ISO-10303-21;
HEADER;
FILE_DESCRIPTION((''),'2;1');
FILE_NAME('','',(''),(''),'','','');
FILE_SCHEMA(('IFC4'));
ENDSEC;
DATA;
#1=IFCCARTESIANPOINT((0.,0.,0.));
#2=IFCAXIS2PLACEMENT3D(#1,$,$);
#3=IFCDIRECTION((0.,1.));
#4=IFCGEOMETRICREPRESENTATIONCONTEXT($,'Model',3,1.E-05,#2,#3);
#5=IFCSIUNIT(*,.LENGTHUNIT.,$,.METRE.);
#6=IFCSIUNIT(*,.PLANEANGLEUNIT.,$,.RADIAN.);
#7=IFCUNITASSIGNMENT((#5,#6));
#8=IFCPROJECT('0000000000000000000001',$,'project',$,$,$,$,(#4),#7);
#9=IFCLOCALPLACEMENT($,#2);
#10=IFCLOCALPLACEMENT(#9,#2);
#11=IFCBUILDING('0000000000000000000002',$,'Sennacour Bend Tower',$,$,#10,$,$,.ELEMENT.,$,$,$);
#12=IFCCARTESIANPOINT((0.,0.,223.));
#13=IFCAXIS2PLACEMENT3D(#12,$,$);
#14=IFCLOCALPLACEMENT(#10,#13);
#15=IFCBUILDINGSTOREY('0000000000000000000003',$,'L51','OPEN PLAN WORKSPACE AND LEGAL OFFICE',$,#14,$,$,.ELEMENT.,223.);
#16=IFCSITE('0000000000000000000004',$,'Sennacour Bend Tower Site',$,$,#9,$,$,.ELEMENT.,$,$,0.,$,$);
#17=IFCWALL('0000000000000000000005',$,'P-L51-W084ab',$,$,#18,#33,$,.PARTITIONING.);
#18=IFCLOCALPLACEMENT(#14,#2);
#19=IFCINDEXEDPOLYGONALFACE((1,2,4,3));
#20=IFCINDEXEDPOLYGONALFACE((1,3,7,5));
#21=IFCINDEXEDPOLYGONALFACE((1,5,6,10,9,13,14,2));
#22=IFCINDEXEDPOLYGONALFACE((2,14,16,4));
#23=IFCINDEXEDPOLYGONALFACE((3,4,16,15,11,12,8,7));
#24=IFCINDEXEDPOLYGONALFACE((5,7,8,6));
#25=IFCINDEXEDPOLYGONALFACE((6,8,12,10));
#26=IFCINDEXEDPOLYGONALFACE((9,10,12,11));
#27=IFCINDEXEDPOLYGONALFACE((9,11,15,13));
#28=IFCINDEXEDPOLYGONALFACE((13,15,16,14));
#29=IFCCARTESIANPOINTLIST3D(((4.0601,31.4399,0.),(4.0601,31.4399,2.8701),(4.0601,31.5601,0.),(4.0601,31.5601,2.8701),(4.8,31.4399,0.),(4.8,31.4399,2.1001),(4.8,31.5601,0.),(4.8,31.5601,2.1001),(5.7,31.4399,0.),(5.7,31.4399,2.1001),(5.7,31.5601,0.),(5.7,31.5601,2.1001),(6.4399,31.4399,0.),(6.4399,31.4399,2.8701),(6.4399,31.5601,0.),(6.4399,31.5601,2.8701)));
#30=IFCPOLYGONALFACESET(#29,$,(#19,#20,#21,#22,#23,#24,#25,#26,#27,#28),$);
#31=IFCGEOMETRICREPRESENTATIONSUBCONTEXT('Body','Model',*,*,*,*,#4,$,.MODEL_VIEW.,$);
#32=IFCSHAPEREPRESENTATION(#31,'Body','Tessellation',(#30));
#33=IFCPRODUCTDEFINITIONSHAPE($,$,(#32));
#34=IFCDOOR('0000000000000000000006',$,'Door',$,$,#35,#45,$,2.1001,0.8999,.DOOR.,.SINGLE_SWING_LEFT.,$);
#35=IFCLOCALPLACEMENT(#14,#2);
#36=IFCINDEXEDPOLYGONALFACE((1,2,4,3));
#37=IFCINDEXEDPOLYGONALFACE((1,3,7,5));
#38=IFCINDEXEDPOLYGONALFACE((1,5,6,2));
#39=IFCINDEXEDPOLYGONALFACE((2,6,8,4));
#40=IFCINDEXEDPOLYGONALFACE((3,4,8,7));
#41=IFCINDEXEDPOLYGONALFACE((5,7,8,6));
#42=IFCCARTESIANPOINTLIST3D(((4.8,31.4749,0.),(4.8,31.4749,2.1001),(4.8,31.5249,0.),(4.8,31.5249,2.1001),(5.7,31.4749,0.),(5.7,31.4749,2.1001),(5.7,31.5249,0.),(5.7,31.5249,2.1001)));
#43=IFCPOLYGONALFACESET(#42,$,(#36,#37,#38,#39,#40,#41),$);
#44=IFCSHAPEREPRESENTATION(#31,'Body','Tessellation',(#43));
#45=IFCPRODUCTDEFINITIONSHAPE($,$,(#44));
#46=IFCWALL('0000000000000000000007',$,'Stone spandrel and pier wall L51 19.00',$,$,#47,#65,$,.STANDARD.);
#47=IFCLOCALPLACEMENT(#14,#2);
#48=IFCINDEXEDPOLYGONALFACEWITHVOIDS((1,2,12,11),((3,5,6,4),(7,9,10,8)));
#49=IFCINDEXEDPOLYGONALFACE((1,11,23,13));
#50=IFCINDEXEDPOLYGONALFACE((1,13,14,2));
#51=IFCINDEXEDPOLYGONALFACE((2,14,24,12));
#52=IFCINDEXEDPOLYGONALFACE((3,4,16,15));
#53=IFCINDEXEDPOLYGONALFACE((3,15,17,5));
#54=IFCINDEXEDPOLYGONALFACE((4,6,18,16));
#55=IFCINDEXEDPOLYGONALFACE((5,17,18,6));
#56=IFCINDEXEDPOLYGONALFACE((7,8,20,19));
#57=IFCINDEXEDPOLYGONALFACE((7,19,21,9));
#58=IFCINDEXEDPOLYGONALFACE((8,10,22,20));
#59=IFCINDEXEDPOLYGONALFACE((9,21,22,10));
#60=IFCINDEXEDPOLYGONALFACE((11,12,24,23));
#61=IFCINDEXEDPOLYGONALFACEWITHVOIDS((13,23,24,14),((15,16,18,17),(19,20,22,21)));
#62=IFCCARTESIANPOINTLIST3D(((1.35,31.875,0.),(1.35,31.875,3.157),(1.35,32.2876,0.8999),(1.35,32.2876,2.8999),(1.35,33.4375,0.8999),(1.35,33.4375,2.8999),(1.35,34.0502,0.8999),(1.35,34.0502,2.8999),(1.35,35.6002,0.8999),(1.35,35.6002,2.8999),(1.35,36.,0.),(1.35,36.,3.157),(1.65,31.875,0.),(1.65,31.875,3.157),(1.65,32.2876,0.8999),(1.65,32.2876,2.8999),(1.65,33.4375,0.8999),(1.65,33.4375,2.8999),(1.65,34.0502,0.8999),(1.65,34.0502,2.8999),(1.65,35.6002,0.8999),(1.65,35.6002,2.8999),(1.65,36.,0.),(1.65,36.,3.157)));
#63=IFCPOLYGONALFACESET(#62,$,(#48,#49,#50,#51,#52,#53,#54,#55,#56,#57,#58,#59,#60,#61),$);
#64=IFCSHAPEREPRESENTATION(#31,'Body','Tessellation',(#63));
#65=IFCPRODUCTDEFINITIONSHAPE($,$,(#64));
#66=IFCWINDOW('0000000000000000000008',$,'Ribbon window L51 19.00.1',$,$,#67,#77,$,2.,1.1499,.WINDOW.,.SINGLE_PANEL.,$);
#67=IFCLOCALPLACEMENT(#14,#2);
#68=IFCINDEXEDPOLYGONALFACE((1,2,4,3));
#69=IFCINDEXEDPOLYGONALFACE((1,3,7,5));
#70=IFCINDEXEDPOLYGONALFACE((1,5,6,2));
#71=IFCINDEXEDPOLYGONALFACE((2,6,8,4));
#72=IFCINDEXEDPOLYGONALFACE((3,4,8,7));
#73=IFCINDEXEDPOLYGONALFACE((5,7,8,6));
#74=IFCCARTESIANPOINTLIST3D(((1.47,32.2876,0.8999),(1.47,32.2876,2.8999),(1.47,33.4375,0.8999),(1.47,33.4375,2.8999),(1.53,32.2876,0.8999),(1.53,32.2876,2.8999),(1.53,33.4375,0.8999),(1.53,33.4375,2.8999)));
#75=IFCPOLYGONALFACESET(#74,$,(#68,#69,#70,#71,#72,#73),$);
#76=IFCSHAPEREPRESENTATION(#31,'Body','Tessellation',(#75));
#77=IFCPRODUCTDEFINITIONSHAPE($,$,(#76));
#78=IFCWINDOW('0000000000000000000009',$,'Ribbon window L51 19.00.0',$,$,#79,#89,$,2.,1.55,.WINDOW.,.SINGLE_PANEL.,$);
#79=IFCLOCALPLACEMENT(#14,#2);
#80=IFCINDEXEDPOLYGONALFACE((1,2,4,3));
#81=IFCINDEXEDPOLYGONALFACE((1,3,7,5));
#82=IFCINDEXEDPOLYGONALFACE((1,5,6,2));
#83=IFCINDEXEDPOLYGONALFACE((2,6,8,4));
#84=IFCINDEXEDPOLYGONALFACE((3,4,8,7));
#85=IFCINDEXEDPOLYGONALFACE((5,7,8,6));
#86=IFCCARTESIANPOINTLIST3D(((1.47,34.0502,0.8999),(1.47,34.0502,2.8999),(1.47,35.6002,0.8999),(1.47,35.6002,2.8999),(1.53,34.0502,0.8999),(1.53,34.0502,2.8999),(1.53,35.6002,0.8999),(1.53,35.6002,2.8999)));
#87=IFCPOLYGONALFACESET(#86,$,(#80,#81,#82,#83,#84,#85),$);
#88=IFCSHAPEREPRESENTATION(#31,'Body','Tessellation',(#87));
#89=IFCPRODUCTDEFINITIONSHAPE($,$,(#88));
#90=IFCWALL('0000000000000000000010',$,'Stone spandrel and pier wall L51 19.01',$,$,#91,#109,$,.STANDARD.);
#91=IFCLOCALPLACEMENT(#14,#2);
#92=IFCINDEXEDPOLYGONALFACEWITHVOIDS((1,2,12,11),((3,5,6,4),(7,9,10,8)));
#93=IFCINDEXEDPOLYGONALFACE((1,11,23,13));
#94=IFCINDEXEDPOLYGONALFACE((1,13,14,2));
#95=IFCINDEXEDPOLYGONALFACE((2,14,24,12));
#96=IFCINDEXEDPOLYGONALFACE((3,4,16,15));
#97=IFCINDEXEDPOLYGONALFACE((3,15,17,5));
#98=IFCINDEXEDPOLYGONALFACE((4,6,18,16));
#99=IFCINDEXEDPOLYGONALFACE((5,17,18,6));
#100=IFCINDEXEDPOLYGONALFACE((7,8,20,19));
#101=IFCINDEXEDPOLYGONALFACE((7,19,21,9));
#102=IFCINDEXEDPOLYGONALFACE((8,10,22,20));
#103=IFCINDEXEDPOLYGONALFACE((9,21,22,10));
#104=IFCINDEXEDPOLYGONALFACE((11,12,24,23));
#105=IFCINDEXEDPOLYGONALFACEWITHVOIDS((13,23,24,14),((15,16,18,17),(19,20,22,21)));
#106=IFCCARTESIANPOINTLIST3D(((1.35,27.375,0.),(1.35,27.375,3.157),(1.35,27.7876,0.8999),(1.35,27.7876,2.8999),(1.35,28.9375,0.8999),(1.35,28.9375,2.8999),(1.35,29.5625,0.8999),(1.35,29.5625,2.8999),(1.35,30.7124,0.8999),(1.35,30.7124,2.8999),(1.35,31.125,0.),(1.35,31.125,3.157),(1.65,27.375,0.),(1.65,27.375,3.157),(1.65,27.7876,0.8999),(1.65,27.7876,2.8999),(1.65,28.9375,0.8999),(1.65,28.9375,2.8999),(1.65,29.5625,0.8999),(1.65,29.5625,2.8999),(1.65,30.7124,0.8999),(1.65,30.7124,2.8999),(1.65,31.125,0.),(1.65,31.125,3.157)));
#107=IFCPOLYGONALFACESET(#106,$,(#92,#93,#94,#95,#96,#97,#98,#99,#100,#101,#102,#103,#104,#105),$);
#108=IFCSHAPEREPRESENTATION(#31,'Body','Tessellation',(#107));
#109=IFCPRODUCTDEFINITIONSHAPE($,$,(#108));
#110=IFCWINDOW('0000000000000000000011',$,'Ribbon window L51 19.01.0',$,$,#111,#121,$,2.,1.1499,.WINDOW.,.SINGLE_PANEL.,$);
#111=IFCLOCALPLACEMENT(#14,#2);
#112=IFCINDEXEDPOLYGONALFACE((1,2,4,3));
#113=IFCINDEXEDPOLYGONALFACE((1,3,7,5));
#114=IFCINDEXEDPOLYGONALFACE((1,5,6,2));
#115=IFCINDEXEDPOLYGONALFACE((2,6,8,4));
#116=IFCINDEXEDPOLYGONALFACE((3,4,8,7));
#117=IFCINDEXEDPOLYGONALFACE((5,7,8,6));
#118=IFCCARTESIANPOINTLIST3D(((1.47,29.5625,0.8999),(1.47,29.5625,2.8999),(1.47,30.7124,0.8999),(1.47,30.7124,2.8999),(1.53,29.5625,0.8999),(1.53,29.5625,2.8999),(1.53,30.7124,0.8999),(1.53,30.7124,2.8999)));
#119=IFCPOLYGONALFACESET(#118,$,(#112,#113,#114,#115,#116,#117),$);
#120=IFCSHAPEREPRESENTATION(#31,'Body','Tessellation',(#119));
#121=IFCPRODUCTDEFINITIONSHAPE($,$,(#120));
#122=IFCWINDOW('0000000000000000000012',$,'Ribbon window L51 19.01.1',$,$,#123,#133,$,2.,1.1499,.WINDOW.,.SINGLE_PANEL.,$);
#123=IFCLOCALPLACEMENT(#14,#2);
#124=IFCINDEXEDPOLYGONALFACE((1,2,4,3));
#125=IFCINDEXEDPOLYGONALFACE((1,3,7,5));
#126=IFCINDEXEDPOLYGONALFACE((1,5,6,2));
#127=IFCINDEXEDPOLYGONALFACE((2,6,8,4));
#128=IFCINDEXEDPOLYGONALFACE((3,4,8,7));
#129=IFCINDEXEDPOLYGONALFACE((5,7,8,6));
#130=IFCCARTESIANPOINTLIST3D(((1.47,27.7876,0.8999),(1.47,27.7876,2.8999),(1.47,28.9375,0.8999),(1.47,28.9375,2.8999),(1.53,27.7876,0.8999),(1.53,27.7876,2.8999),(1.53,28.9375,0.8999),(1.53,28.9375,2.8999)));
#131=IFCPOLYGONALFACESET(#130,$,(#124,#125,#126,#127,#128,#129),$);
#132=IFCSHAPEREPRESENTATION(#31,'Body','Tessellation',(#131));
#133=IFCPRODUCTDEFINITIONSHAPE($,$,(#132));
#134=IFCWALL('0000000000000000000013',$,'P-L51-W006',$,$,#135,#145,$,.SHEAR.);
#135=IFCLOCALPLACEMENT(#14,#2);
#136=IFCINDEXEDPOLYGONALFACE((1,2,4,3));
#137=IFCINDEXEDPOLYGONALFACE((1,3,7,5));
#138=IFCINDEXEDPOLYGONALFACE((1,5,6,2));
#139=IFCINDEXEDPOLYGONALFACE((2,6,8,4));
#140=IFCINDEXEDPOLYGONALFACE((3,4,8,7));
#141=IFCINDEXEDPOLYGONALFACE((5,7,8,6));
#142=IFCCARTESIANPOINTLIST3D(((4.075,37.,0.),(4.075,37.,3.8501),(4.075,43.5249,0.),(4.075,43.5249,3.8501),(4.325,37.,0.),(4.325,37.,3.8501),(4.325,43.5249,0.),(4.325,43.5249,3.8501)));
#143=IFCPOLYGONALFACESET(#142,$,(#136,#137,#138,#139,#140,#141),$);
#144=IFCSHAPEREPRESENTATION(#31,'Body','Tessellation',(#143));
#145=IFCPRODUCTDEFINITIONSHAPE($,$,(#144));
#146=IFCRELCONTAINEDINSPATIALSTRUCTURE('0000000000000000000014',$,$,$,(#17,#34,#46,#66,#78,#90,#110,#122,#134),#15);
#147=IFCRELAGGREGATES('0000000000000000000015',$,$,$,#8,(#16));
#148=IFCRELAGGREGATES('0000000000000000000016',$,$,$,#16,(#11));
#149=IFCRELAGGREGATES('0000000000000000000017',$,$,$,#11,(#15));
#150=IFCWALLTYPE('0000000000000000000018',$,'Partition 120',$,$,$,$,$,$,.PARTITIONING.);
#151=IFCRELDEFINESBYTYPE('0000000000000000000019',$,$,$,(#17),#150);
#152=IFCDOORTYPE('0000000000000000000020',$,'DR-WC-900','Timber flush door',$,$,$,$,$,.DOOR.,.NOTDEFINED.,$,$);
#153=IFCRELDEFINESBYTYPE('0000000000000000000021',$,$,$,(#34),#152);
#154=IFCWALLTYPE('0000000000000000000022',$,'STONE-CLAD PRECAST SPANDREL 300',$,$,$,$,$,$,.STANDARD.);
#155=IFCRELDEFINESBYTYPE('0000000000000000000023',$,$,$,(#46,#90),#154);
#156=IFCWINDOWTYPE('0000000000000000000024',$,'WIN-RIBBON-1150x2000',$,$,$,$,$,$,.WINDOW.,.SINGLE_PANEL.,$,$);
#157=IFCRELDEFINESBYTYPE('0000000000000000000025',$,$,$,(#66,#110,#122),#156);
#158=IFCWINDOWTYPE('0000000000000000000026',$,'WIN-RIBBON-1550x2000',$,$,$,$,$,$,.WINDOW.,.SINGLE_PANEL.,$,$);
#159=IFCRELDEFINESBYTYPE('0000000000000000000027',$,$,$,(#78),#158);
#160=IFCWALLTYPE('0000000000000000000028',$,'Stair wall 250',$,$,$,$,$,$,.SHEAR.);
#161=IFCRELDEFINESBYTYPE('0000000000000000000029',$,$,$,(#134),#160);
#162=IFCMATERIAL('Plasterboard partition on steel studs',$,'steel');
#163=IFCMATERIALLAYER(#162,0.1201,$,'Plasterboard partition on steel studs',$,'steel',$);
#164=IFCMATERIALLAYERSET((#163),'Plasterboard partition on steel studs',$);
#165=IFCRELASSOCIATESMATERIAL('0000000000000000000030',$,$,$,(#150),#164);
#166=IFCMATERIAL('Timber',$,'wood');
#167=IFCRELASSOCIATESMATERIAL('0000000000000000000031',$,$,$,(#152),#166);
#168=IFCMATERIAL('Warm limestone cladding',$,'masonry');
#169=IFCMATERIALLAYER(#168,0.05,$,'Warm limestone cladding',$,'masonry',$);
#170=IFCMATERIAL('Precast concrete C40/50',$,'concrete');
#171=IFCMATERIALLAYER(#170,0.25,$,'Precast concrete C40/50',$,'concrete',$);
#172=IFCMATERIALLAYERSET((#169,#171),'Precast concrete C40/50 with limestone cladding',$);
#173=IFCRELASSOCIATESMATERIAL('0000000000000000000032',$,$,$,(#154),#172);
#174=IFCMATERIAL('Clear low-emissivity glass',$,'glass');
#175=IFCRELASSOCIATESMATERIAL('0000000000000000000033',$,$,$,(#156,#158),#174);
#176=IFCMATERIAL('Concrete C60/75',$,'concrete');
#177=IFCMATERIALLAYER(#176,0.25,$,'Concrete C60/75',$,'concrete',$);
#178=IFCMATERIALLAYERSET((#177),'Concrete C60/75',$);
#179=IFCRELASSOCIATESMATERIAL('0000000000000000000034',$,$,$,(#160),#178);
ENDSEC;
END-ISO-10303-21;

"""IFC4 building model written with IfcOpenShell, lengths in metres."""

from ifc_helpers import new_model, si_unit, direction, frame, frame_2d, origin, place, context, subcontext, project, spatial, rectangle, extrude, material, layer, layer_set, type_object, element, fill, save


model = new_model("IFC4")

# Units and contexts
model_context = context("Model", 3, precision=1e-05, world=origin(), true_north=direction((0.0, 1.0)))
body_context = subcontext(model_context, "Body", "Model", "MODEL_VIEW")
ifc_project = project(units=[si_unit("LENGTHUNIT", "METRE"), si_unit("PLANEANGLEUNIT", "RADIAN")], contexts=[model_context])

# Site, building, storey
site_placement = place(None, origin())
site = spatial("IfcSite", under=ifc_project, at=site_placement, Name="Sennacour Bend Tower Site", CompositionType="ELEMENT", RefElevation=0.0)
building_placement = place(site_placement, origin())
building = spatial("IfcBuilding", under=site, at=building_placement, Name="Sennacour Bend Tower", CompositionType="ELEMENT")
storey_placement = place(building_placement, frame((0.0, 0.0, 223.0)))
storey = spatial("IfcBuildingStorey", under=building, at=storey_placement, Name="L51", Description="OPEN PLAN WORKSPACE AND LEGAL OFFICE", CompositionType="ELEMENT", Elevation=223.0)

# Shared definitions
ifc_material_1 = material(Name="Concrete C60/75", Category="concrete")

# Shared definitions
ifc_material_2 = material(Name="Plasterboard partition on steel studs", Category="steel")
ifc_layer_1 = layer(ifc_material_2, 0.1201, Name="Plasterboard partition on steel studs", Category="steel")
ifc_layer_set_1 = layer_set([ifc_layer_1], Name="Plasterboard partition on steel studs")
wall_type_1 = type_object("IfcWallType", Name="Partition 120", PredefinedType="PARTITIONING", material=ifc_layer_set_1)

# Wall, opening, door
ifc_material_3 = material(Name="Timber", Category="wood")
door_type_1 = type_object("IfcDoorType", Name="DR-WC-900", Description="Timber flush door", OperationType="NOTDEFINED", PredefinedType="DOOR", material=ifc_material_3)
wall_1_placement = place(storey_placement, frame((4.0601, 31.5, 0.0), z_axis=(0.0, 0.0, 1.0), x_axis=(1.0, 0.0, 0.0)))
wall_1 = element("IfcWall", 1, at=wall_1_placement, inside=storey, type_object=wall_type_1, Name="P-L51-W084ab", PredefinedType="PARTITIONING", context=body_context, shape_type="SweptSolid", body=[
    extrude(rectangle(XDim=2.3799, YDim=0.1201, at=frame_2d((1.1899, 0.0))), origin(), (0.0, 0.0, 1.0), 2.8701),
])
opening_1_placement = place(wall_1_placement, frame((0.74, 0.0, 0.0)))
opening_1 = element("IfcOpeningElement", 2, at=opening_1_placement, cuts=wall_1, PredefinedType="OPENING", context=body_context, shape_type="SweptSolid", body=[
    extrude(rectangle(XDim=0.8999, YDim=2.1001, at=frame_2d((0.45, 1.05))), frame((0.0, 0.0701, 0.0), z_axis=(0.0, -1.0, 0.0), x_axis=(1.0, 0.0, 0.0)), (0.0, 0.0, 1.0), 0.1401),
])
door_1_placement = place(opening_1_placement, origin())
door_1 = element("IfcDoor", 3, at=door_1_placement, inside=storey, type_object=door_type_1, Name="Door", OperationType="SINGLE_SWING_LEFT", OverallHeight=2.1001, OverallWidth=0.8999, PredefinedType="DOOR", context=body_context, shape_type="SweptSolid", body=[
    extrude(rectangle(XDim=0.8999, YDim=2.1001, at=frame_2d((0.45, 1.05))), frame((0.0, 0.0249, 0.0), z_axis=(0.0, -1.0, 0.0), x_axis=(1.0, 0.0, 0.0)), (0.0, 0.0, 1.0), 0.05),
])
fill(opening_1, door_1)

# Walls, openings, windows
ifc_material_4 = material(Name="Warm limestone cladding", Category="masonry")
ifc_layer_2 = layer(ifc_material_4, 0.05, Name="Warm limestone cladding", Category="masonry")
ifc_material_5 = material(Name="Precast concrete C40/50", Category="concrete")
ifc_layer_3 = layer(ifc_material_5, 0.25, Name="Precast concrete C40/50", Category="concrete")
ifc_layer_set_2 = layer_set([ifc_layer_2, ifc_layer_3], Name="Precast concrete C40/50 with limestone cladding")
wall_type_2 = type_object("IfcWallType", Name="STONE-CLAD PRECAST SPANDREL 300", PredefinedType="STANDARD", material=ifc_layer_set_2)
wall_2_placement = place(storey_placement, frame((1.5, 36.0, 0.0), z_axis=(0.0, 0.0, 1.0), x_axis=(0.0, -1.0, 0.0)))
wall_2 = element("IfcWall", 4, at=wall_2_placement, inside=storey, type_object=wall_type_2, Name="Stone spandrel and pier wall L51 19.00", PredefinedType="STANDARD", context=body_context, shape_type="SweptSolid", body=[
    extrude(rectangle(XDim=4.125, YDim=0.3, at=frame_2d((2.0625, 0.0))), origin(), (0.0, 0.0, 1.0), 3.157),
])
opening_2_placement = place(wall_2_placement, frame((0.3999, 0.0, 0.8999)))
opening_2 = element("IfcOpeningElement", 5, at=opening_2_placement, cuts=wall_2, PredefinedType="OPENING", context=body_context, shape_type="SweptSolid", body=[
    extrude(rectangle(XDim=1.55, YDim=2.0, at=frame_2d((0.7749, 1.0))), frame((0.0, 0.1602, 0.0), z_axis=(0.0, -1.0, 0.0), x_axis=(1.0, 0.0, 0.0)), (0.0, 0.0, 1.0), 0.3201),
])
opening_3_placement = place(wall_2_placement, frame((2.5625, 0.0, 0.8999)))
opening_3 = element("IfcOpeningElement", 6, at=opening_3_placement, cuts=wall_2, PredefinedType="OPENING", context=body_context, shape_type="SweptSolid", body=[
    extrude(rectangle(XDim=1.1499, YDim=2.0, at=frame_2d((0.575, 1.0))), frame((0.0, 0.1602, 0.0), z_axis=(0.0, -1.0, 0.0), x_axis=(1.0, 0.0, 0.0)), (0.0, 0.0, 1.0), 0.3201),
])
ifc_material_6 = material(Name="Clear low-emissivity glass", Category="glass")
window_type_1 = type_object("IfcWindowType", Name="WIN-RIBBON-1150x2000", PartitioningType="SINGLE_PANEL", PredefinedType="WINDOW", material=ifc_material_6)
window_1_placement = place(opening_3_placement, origin())
window_1 = element("IfcWindow", 7, at=window_1_placement, inside=storey, type_object=window_type_1, Name="Ribbon window L51 19.00.1", OverallHeight=2.0, OverallWidth=1.1499, PartitioningType="SINGLE_PANEL", PredefinedType="WINDOW", context=body_context, shape_type="SweptSolid", body=[
    extrude(rectangle(XDim=1.1499, YDim=2.0, at=frame_2d((0.575, 1.0))), frame((0.0, 0.03, 0.0), z_axis=(0.0, -1.0, 0.0), x_axis=(1.0, 0.0, 0.0)), (0.0, 0.0, 1.0), 0.0601),
])
fill(opening_3, window_1)
window_type_2 = type_object("IfcWindowType", Name="WIN-RIBBON-1550x2000", PartitioningType="SINGLE_PANEL", PredefinedType="WINDOW", material=ifc_material_6)
window_2_placement = place(opening_2_placement, origin())
window_2 = element("IfcWindow", 8, at=window_2_placement, inside=storey, type_object=window_type_2, Name="Ribbon window L51 19.00.0", OverallHeight=2.0, OverallWidth=1.55, PartitioningType="SINGLE_PANEL", PredefinedType="WINDOW", context=body_context, shape_type="SweptSolid", body=[
    extrude(rectangle(XDim=1.55, YDim=2.0, at=frame_2d((0.7749, 1.0))), frame((0.0, 0.03, 0.0), z_axis=(0.0, -1.0, 0.0), x_axis=(1.0, 0.0, 0.0)), (0.0, 0.0, 1.0), 0.0601),
])
fill(opening_2, window_2)
wall_3_placement = place(storey_placement, frame((1.5, 31.125, 0.0), z_axis=(0.0, 0.0, 1.0), x_axis=(0.0, -1.0, 0.0)))
wall_3 = element("IfcWall", 9, at=wall_3_placement, inside=storey, type_object=wall_type_2, Name="Stone spandrel and pier wall L51 19.01", PredefinedType="STANDARD", context=body_context, shape_type="SweptSolid", body=[
    extrude(rectangle(XDim=3.75, YDim=0.3, at=frame_2d((1.875, 0.0))), origin(), (0.0, 0.0, 1.0), 3.157),
])
opening_4_placement = place(wall_3_placement, frame((0.4126, 0.0, 0.8999)))
opening_4 = element("IfcOpeningElement", 10, at=opening_4_placement, cuts=wall_3, PredefinedType="OPENING", context=body_context, shape_type="SweptSolid", body=[
    extrude(rectangle(XDim=1.1499, YDim=2.0, at=frame_2d((0.575, 1.0))), frame((0.0, 0.1602, 0.0), z_axis=(0.0, -1.0, 0.0), x_axis=(1.0, 0.0, 0.0)), (0.0, 0.0, 1.0), 0.3201),
])
opening_5_placement = place(wall_3_placement, frame((2.1875, 0.0, 0.8999)))
opening_5 = element("IfcOpeningElement", 11, at=opening_5_placement, cuts=wall_3, PredefinedType="OPENING", context=body_context, shape_type="SweptSolid", body=[
    extrude(rectangle(XDim=1.1499, YDim=2.0, at=frame_2d((0.575, 1.0))), frame((0.0, 0.1602, 0.0), z_axis=(0.0, -1.0, 0.0), x_axis=(1.0, 0.0, 0.0)), (0.0, 0.0, 1.0), 0.3201),
])
window_3_placement = place(opening_4_placement, origin())
window_3 = element("IfcWindow", 12, at=window_3_placement, inside=storey, type_object=window_type_1, Name="Ribbon window L51 19.01.0", OverallHeight=2.0, OverallWidth=1.1499, PartitioningType="SINGLE_PANEL", PredefinedType="WINDOW", context=body_context, shape_type="SweptSolid", body=[
    extrude(rectangle(XDim=1.1499, YDim=2.0, at=frame_2d((0.575, 1.0))), frame((0.0, 0.03, 0.0), z_axis=(0.0, -1.0, 0.0), x_axis=(1.0, 0.0, 0.0)), (0.0, 0.0, 1.0), 0.0601),
])
fill(opening_4, window_3)
window_4_placement = place(opening_5_placement, origin())
window_4 = element("IfcWindow", 13, at=window_4_placement, inside=storey, type_object=window_type_1, Name="Ribbon window L51 19.01.1", OverallHeight=2.0, OverallWidth=1.1499, PartitioningType="SINGLE_PANEL", PredefinedType="WINDOW", context=body_context, shape_type="SweptSolid", body=[
    extrude(rectangle(XDim=1.1499, YDim=2.0, at=frame_2d((0.575, 1.0))), frame((0.0, 0.03, 0.0), z_axis=(0.0, -1.0, 0.0), x_axis=(1.0, 0.0, 0.0)), (0.0, 0.0, 1.0), 0.0601),
])
fill(opening_5, window_4)

# Wall
ifc_layer_4 = layer(ifc_material_1, 0.25, Name="Concrete C60/75", Category="concrete")
ifc_layer_set_3 = layer_set([ifc_layer_4], Name="Concrete C60/75")
wall_type_3 = type_object("IfcWallType", Name="Stair wall 250", PredefinedType="SHEAR", material=ifc_layer_set_3)
wall_4_placement = place(storey_placement, frame((4.2, 37.0, 0.0), z_axis=(0.0, 0.0, 1.0), x_axis=(0.0, 1.0, 0.0)))
element("IfcWall", 14, at=wall_4_placement, inside=storey, type_object=wall_type_3, Name="P-L51-W006", PredefinedType="SHEAR", context=body_context, shape_type="SweptSolid", body=[
    extrude(rectangle(XDim=6.5249, YDim=0.25, at=frame_2d((3.2625, 0.0))), origin(), (0.0, 0.0, 1.0), 3.8501),
])

save(model, "model.ifc")
